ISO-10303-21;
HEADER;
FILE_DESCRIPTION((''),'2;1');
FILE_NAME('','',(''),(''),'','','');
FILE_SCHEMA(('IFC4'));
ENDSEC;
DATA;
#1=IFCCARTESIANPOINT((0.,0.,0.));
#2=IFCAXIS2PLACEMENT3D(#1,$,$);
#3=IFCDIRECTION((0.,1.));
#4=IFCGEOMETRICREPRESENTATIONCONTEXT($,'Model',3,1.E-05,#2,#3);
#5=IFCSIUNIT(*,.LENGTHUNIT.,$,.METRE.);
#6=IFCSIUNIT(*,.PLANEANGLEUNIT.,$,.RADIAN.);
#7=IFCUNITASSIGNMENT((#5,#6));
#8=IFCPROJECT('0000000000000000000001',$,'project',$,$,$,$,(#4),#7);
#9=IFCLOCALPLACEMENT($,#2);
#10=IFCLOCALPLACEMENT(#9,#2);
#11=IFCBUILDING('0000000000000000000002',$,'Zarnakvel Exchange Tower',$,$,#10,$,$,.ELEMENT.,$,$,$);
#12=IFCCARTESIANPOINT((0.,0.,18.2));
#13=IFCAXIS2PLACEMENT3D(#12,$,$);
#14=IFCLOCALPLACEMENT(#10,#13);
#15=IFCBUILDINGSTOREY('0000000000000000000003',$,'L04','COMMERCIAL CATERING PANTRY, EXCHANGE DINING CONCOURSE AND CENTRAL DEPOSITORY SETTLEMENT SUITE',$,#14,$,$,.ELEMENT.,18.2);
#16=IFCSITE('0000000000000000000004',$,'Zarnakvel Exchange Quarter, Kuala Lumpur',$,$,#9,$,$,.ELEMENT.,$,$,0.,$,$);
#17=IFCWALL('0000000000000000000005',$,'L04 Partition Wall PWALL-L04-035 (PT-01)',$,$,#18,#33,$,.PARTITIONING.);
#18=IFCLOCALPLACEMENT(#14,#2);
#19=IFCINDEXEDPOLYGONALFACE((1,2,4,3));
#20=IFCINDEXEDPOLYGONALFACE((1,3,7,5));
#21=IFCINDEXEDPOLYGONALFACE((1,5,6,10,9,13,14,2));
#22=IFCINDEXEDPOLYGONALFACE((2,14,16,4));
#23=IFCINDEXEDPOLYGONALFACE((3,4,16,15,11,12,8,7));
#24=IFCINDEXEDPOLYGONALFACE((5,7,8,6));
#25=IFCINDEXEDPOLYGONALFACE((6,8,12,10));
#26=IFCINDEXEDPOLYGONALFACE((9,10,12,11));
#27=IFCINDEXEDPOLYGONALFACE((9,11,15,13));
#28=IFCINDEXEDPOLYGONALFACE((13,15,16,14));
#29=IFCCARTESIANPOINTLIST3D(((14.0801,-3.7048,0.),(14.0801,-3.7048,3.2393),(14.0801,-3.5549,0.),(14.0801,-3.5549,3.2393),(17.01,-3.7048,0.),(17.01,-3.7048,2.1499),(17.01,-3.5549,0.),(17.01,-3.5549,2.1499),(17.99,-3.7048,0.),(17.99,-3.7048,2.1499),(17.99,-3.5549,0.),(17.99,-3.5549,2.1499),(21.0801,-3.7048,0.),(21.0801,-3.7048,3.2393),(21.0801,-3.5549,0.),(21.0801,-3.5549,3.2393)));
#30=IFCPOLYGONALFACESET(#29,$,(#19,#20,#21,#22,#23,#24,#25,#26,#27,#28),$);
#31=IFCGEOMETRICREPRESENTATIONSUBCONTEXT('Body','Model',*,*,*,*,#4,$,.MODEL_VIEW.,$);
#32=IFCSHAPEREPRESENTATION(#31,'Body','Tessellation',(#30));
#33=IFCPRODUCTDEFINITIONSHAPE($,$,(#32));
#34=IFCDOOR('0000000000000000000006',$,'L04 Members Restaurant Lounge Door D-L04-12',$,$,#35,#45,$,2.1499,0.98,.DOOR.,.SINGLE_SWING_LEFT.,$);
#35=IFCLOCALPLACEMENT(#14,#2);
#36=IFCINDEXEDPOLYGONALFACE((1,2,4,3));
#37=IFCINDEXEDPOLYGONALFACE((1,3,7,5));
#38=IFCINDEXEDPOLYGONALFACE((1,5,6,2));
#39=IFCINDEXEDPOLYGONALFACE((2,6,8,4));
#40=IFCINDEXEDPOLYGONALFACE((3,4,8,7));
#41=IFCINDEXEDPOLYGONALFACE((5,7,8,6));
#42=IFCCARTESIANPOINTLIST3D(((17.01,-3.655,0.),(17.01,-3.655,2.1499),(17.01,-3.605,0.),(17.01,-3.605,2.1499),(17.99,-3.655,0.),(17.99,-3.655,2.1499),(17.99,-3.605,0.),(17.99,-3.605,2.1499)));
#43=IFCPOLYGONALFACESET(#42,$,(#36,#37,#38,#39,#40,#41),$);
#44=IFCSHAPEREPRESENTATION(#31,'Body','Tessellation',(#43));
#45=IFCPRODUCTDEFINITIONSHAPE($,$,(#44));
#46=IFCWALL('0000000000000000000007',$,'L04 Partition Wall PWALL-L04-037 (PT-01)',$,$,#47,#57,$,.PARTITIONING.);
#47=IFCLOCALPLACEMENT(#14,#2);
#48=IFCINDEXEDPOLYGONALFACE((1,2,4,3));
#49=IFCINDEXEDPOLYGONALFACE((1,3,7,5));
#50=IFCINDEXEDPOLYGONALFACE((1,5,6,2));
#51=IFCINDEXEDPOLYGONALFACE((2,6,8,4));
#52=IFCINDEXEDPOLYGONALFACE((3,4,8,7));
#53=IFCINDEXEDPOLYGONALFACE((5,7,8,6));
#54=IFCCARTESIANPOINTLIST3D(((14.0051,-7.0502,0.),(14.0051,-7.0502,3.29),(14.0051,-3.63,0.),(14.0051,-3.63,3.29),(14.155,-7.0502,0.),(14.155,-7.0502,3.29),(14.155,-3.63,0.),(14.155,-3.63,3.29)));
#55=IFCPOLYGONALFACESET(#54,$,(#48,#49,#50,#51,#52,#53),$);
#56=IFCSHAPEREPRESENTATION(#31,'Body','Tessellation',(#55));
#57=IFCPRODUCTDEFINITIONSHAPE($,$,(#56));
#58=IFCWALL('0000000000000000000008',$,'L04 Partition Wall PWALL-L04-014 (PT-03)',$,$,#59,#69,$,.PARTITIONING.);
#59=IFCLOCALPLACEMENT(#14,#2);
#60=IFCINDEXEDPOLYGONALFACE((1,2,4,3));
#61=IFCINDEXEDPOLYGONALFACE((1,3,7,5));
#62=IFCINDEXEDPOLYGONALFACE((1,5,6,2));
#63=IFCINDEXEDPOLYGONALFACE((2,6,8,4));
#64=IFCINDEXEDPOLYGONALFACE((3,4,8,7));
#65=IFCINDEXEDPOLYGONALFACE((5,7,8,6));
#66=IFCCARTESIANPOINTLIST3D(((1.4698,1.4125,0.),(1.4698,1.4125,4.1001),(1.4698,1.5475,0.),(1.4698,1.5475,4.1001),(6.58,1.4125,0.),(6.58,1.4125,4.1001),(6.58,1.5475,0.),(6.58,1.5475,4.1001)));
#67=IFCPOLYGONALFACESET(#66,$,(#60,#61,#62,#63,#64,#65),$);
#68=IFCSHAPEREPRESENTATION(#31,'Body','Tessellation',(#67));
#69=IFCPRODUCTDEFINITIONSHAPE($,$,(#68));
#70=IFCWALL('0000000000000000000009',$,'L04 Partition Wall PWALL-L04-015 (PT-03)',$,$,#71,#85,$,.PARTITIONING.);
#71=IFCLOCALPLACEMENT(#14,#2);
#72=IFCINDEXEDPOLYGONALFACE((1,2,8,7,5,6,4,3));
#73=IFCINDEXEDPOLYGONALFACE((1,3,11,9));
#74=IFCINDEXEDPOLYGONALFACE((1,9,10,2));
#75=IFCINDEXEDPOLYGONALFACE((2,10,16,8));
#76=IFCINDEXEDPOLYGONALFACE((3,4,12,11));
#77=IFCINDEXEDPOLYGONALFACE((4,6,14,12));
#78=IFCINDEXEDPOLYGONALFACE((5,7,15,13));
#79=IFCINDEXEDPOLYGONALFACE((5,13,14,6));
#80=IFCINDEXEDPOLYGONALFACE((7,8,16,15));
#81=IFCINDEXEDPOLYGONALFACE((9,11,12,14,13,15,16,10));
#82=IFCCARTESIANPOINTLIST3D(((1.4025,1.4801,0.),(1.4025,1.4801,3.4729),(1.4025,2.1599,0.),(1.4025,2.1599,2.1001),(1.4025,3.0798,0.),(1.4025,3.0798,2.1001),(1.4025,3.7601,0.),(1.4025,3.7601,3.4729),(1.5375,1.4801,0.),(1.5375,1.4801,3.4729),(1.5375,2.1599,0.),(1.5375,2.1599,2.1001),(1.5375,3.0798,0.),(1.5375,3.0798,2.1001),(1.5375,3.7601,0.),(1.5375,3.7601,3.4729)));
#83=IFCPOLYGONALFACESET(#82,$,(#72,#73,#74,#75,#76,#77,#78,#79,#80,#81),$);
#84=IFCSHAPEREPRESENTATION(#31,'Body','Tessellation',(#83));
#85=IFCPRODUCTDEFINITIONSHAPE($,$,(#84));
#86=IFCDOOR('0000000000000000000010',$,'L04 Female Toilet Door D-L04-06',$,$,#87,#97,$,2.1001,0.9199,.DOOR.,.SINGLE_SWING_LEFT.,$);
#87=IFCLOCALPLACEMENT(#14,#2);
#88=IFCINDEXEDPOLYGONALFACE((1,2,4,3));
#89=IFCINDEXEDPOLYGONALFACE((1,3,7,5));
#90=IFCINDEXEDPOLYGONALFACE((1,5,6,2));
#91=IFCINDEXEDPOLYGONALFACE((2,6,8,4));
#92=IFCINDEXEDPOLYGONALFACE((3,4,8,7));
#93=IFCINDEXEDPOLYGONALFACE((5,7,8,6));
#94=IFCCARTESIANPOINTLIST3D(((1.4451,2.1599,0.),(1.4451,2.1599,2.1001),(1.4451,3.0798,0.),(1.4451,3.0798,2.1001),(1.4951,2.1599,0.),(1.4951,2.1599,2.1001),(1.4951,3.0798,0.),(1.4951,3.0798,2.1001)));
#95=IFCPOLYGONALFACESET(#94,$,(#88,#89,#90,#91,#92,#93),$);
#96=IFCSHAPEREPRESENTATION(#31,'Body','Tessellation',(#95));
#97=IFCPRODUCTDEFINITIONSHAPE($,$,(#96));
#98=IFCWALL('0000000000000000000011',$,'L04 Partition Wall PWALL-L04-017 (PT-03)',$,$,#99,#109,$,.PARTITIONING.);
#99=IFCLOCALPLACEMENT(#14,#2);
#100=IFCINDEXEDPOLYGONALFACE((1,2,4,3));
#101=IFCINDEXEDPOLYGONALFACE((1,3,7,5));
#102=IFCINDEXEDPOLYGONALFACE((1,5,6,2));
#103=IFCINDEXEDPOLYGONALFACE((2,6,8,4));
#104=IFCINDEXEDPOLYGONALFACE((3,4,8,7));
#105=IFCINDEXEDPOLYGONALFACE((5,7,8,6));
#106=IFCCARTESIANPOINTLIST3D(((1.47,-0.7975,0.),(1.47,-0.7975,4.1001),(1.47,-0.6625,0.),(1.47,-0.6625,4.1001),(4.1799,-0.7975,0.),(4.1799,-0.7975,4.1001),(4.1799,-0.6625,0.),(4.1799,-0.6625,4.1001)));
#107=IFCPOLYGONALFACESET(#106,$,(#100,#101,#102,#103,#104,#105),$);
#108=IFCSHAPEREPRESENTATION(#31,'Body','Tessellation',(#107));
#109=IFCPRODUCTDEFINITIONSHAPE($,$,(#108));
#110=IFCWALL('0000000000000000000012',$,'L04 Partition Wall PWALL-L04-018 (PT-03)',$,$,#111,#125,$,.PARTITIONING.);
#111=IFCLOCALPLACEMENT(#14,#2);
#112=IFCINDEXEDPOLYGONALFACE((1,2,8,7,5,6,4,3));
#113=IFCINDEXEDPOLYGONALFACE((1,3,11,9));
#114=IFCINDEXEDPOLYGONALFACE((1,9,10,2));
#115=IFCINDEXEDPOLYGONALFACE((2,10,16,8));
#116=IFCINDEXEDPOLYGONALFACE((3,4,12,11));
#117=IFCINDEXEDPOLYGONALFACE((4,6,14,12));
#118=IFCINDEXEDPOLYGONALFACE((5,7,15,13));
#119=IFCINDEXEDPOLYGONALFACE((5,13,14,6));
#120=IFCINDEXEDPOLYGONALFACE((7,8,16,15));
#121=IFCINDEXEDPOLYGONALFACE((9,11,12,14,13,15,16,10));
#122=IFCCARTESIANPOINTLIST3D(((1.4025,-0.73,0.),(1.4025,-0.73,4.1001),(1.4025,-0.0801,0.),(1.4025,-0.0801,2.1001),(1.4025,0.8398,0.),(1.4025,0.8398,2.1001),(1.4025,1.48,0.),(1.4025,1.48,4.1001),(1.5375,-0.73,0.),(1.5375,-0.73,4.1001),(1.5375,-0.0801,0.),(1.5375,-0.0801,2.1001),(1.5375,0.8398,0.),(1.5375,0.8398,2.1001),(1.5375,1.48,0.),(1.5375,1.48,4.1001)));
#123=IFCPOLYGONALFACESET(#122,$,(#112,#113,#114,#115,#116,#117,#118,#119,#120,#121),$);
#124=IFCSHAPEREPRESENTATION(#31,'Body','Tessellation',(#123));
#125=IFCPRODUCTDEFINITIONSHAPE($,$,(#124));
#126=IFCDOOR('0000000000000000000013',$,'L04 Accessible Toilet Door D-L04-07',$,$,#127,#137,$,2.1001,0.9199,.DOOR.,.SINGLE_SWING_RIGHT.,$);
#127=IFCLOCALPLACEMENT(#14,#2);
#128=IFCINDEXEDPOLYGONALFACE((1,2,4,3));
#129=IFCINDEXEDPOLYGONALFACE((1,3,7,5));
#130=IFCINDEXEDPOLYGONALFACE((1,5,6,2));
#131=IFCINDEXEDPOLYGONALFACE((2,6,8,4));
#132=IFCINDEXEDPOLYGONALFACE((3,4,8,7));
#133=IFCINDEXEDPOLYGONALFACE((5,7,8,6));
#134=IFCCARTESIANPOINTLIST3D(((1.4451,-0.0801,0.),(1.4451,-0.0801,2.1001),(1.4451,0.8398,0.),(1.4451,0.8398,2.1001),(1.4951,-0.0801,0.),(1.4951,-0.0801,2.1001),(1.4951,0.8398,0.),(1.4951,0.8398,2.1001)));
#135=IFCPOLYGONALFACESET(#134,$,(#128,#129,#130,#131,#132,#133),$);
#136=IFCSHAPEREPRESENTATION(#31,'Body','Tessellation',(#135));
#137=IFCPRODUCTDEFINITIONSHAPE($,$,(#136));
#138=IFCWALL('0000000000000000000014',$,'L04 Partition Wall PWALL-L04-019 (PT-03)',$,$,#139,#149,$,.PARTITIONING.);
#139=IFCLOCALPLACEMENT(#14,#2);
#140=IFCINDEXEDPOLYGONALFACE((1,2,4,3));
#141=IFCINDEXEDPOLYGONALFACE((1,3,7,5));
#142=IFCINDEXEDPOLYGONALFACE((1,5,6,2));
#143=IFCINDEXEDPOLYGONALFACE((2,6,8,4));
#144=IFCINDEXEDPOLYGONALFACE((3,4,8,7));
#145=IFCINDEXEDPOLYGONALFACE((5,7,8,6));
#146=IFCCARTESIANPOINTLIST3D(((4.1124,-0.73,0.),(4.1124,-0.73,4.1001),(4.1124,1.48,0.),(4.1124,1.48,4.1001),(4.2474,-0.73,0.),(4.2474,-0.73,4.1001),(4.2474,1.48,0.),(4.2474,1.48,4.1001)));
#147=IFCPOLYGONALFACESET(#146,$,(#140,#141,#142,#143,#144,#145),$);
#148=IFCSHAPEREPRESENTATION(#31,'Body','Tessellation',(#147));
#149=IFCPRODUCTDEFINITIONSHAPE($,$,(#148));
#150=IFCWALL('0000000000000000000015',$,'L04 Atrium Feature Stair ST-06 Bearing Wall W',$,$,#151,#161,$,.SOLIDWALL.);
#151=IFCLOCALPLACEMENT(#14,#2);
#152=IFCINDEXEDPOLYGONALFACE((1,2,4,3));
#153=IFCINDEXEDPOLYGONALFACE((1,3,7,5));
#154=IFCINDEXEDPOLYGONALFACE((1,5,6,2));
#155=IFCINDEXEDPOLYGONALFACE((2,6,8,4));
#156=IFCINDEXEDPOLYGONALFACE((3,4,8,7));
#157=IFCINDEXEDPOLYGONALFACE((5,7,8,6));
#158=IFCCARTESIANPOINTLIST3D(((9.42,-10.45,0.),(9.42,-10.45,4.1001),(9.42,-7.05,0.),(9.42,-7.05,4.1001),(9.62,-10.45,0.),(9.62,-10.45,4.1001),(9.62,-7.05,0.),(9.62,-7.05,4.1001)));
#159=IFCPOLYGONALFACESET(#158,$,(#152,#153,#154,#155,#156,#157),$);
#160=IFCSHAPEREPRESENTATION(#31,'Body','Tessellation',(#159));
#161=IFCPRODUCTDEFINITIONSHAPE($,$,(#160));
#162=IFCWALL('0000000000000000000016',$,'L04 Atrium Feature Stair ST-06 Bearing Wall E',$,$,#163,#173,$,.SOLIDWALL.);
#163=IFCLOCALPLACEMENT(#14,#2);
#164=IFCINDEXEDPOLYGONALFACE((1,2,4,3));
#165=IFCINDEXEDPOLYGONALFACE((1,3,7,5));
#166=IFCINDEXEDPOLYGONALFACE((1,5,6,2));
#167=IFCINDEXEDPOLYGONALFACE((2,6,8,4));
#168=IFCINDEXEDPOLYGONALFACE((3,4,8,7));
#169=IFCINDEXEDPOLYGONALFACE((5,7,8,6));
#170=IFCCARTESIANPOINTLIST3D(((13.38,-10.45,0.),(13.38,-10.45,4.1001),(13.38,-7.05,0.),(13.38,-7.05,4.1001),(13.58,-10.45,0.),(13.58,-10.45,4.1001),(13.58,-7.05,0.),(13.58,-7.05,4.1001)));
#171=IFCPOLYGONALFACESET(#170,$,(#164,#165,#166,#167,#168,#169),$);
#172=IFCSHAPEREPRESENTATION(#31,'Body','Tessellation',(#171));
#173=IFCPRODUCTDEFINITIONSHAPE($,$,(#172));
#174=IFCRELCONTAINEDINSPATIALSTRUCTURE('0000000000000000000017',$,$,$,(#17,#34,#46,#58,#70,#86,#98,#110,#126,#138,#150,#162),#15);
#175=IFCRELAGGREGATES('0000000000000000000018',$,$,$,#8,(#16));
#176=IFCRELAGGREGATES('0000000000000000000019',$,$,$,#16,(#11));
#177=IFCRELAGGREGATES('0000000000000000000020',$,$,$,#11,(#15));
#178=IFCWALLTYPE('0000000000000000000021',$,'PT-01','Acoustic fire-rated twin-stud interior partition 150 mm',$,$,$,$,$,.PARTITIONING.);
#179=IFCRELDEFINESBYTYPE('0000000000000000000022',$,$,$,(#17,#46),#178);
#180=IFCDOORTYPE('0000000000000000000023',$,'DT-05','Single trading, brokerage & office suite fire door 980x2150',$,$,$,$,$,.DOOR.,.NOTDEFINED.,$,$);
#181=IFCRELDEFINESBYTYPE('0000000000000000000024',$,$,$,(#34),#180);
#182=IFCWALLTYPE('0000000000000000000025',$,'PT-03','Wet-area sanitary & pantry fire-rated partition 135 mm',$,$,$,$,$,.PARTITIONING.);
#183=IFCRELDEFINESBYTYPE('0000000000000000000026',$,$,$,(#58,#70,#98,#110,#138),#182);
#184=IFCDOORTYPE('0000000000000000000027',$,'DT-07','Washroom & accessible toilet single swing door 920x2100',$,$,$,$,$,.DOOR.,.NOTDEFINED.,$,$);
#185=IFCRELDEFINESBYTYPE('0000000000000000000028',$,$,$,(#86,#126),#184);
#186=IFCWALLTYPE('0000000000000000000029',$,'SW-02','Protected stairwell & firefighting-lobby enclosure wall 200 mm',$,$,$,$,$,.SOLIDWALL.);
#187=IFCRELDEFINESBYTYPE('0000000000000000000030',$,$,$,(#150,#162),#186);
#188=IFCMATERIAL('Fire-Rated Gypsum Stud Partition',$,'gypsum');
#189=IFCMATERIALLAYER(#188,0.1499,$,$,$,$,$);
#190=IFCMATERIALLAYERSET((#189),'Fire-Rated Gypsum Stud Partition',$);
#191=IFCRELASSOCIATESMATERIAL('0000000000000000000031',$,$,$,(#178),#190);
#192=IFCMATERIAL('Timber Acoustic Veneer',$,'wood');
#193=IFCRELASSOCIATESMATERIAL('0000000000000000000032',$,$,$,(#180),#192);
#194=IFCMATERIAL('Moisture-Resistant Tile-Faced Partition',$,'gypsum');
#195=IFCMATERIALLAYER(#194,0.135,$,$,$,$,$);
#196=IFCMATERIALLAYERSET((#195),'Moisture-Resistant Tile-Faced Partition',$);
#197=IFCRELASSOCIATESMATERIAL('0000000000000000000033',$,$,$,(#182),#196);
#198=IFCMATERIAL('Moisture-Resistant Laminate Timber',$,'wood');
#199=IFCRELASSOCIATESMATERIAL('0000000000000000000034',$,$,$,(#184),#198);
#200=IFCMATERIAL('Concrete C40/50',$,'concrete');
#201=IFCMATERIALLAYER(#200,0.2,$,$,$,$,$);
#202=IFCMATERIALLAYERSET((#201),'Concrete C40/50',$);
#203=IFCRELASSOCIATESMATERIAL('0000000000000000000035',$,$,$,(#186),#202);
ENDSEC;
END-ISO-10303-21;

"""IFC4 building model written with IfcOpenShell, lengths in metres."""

from ifc_helpers import new_model, si_unit, direction, frame, frame_2d, origin, place, context, subcontext, project, spatial, rectangle, extrude, source, transform, mapped, material, layer, layer_set, type_object, element, fill, save


model = new_model("IFC4")

# Units and contexts
model_context = context("Model", 3, precision=1e-05, world=origin(), true_north=direction((0.0, 1.0)))
body_context = subcontext(model_context, "Body", "Model", "MODEL_VIEW")
ifc_project = project(units=[si_unit("LENGTHUNIT", "METRE"), si_unit("PLANEANGLEUNIT", "RADIAN")], contexts=[model_context])

# Site, building, storey
site_placement = place(None, origin())
site = spatial("IfcSite", under=ifc_project, at=site_placement, Name="Zarnakvel Exchange Quarter, Kuala Lumpur", CompositionType="ELEMENT", RefElevation=0.0)
building_placement = place(site_placement, origin())
building = spatial("IfcBuilding", under=site, at=building_placement, Name="Zarnakvel Exchange Tower", CompositionType="ELEMENT")
storey_placement = place(building_placement, frame((0.0, 0.0, 18.2)))
storey = spatial("IfcBuildingStorey", under=building, at=storey_placement, Name="L04", Description="COMMERCIAL CATERING PANTRY, EXCHANGE DINING CONCOURSE AND CENTRAL DEPOSITORY SETTLEMENT SUITE", CompositionType="ELEMENT", Elevation=18.2)

# Wall, opening, door
ifc_material_1 = material(Name="Fire-Rated Gypsum Stud Partition", Category="gypsum")
ifc_layer_1 = layer(ifc_material_1, 0.1499)
ifc_layer_set_1 = layer_set([ifc_layer_1], Name="Fire-Rated Gypsum Stud Partition")
wall_type_1 = type_object("IfcWallType", Name="PT-01", Description="Acoustic fire-rated twin-stud interior partition 150 mm", PredefinedType="PARTITIONING", material=ifc_layer_set_1)
wall_1_placement = place(storey_placement, frame((14.0801, -3.6299, 0.0), z_axis=(0.0, 0.0, 1.0), x_axis=(1.0, 0.0, 0.0)))
wall_1 = element("IfcWall", 1, at=wall_1_placement, inside=storey, type_object=wall_type_1, Name="L04 Partition Wall PWALL-L04-035 (PT-01)", PredefinedType="PARTITIONING", context=body_context, shape_type="SweptSolid", body=[
    extrude(rectangle(XDim=7.0, YDim=0.1499, at=frame_2d((3.5, 0.0))), origin(), (0.0, 0.0, 1.0), 3.2393),
])
opening_1_placement = place(wall_1_placement, frame((2.9299, 0.0, 0.0)))
opening_1 = element("IfcOpeningElement", 2, at=opening_1_placement, cuts=wall_1, PredefinedType="OPENING", context=body_context, shape_type="SweptSolid", body=[
    extrude(rectangle(XDim=0.98, YDim=2.1499, at=frame_2d((0.49, 1.075))), frame((0.0, 0.085, 0.0), z_axis=(0.0, -1.0, 0.0), x_axis=(1.0, 0.0, 0.0)), (0.0, 0.0, 1.0), 0.1699),
])
ifc_material_2 = material(Name="Timber Acoustic Veneer", Category="wood")
door_type_1 = type_object("IfcDoorType", Name="DT-05", Description="Single trading, brokerage & office suite fire door 980x2150", OperationType="NOTDEFINED", PredefinedType="DOOR", material=ifc_material_2)
shared_shape_1 = source(origin(), body_context, "Body", "SweptSolid", [
    extrude(rectangle(XDim=0.98, YDim=2.1499, at=frame_2d((0.49, 1.075))), frame((0.0, 0.0249, 0.0), z_axis=(0.0, -1.0, 0.0), x_axis=(1.0, 0.0, 0.0)), (0.0, 0.0, 1.0), 0.05),
])
door_1_placement = place(opening_1_placement, origin())
door_1 = element("IfcDoor", 3, at=door_1_placement, inside=storey, type_object=door_type_1, Name="L04 Members Restaurant Lounge Door D-L04-12", OperationType="SINGLE_SWING_LEFT", OverallHeight=2.1499, OverallWidth=0.98, PredefinedType="DOOR", context=body_context, shape_type="MappedRepresentation", body=[
    mapped(shared_shape_1, transform((0.0, 0.0, 0.0), x_axis=(1.0, 0.0, 0.0), y_axis=(0.0, 1.0, 0.0), z_axis=(0.0, 0.0, 1.0), scale=1.0)),
])
fill(opening_1, door_1)

# Walls
wall_2_placement = place(storey_placement, frame((14.0801, -7.05, 0.0), z_axis=(0.0, 0.0, 1.0), x_axis=(0.0, 1.0, 0.0)))
element("IfcWall", 4, at=wall_2_placement, inside=storey, type_object=wall_type_1, Name="L04 Partition Wall PWALL-L04-037 (PT-01)", PredefinedType="PARTITIONING", context=body_context, shape_type="SweptSolid", body=[
    extrude(rectangle(XDim=3.4202, YDim=0.1499, at=frame_2d((1.71, 0.0))), origin(), (0.0, 0.0, 1.0), 3.29),
])
ifc_material_3 = material(Name="Moisture-Resistant Tile-Faced Partition", Category="gypsum")
ifc_layer_2 = layer(ifc_material_3, 0.135)
ifc_layer_set_2 = layer_set([ifc_layer_2], Name="Moisture-Resistant Tile-Faced Partition")
wall_type_2 = type_object("IfcWallType", Name="PT-03", Description="Wet-area sanitary & pantry fire-rated partition 135 mm", PredefinedType="PARTITIONING", material=ifc_layer_set_2)
wall_3_placement = place(storey_placement, frame((6.5801, 1.48, 0.0), z_axis=(0.0, 0.0, 1.0), x_axis=(-1.0, 0.0, 0.0)))
element("IfcWall", 5, at=wall_3_placement, inside=storey, type_object=wall_type_2, Name="L04 Partition Wall PWALL-L04-014 (PT-03)", PredefinedType="PARTITIONING", context=body_context, shape_type="SweptSolid", body=[
    extrude(rectangle(XDim=5.1101, YDim=0.135, at=frame_2d((2.5552, 0.0))), origin(), (0.0, 0.0, 1.0), 4.1001),
])

# Wall, opening, door
wall_4_placement = place(storey_placement, frame((1.47, 1.48, 0.0), z_axis=(0.0, 0.0, 1.0), x_axis=(0.0, 1.0, 0.0)))
wall_4 = element("IfcWall", 6, at=wall_4_placement, inside=storey, type_object=wall_type_2, Name="L04 Partition Wall PWALL-L04-015 (PT-03)", PredefinedType="PARTITIONING", context=body_context, shape_type="SweptSolid", body=[
    extrude(rectangle(XDim=2.28, YDim=0.135, at=frame_2d((1.1401, 0.0))), origin(), (0.0, 0.0, 1.0), 3.4729),
])
opening_2_placement = place(wall_4_placement, frame((0.6799, 0.0, 0.0)))
opening_2 = element("IfcOpeningElement", 7, at=opening_2_placement, cuts=wall_4, PredefinedType="OPENING", context=body_context, shape_type="SweptSolid", body=[
    extrude(rectangle(XDim=0.9199, YDim=2.1001, at=frame_2d((0.46, 1.05))), frame((0.0, 0.0774, 0.0), z_axis=(0.0, -1.0, 0.0), x_axis=(1.0, 0.0, 0.0)), (0.0, 0.0, 1.0), 0.155),
])
ifc_material_4 = material(Name="Moisture-Resistant Laminate Timber", Category="wood")
door_type_2 = type_object("IfcDoorType", Name="DT-07", Description="Washroom & accessible toilet single swing door 920x2100", OperationType="NOTDEFINED", PredefinedType="DOOR", material=ifc_material_4)
shared_shape_2 = source(origin(), body_context, "Body", "SweptSolid", [
    extrude(rectangle(XDim=0.9199, YDim=2.1001, at=frame_2d((0.46, 1.05))), frame((0.0, 0.0249, 0.0), z_axis=(0.0, -1.0, 0.0), x_axis=(1.0, 0.0, 0.0)), (0.0, 0.0, 1.0), 0.05),
])
door_2_placement = place(opening_2_placement, origin())
door_2 = element("IfcDoor", 8, at=door_2_placement, inside=storey, type_object=door_type_2, Name="L04 Female Toilet Door D-L04-06", OperationType="SINGLE_SWING_LEFT", OverallHeight=2.1001, OverallWidth=0.9199, PredefinedType="DOOR", context=body_context, shape_type="MappedRepresentation", body=[
    mapped(shared_shape_2, transform((0.0, 0.0, 0.0), x_axis=(1.0, 0.0, 0.0), y_axis=(0.0, 1.0, 0.0), z_axis=(0.0, 0.0, 1.0), scale=1.0)),
])
fill(opening_2, door_2)

# Wall
wall_5_placement = place(storey_placement, frame((4.1799, -0.73, 0.0), z_axis=(0.0, 0.0, 1.0), x_axis=(-1.0, 0.0, 0.0)))
element("IfcWall", 9, at=wall_5_placement, inside=storey, type_object=wall_type_2, Name="L04 Partition Wall PWALL-L04-017 (PT-03)", PredefinedType="PARTITIONING", context=body_context, shape_type="SweptSolid", body=[
    extrude(rectangle(XDim=2.71, YDim=0.135, at=frame_2d((1.355, 0.0))), origin(), (0.0, 0.0, 1.0), 4.1001),
])

# Wall, opening, door
wall_6_placement = place(storey_placement, frame((1.47, -0.73, 0.0), z_axis=(0.0, 0.0, 1.0), x_axis=(0.0, 1.0, 0.0)))
wall_6 = element("IfcWall", 10, at=wall_6_placement, inside=storey, type_object=wall_type_2, Name="L04 Partition Wall PWALL-L04-018 (PT-03)", PredefinedType="PARTITIONING", context=body_context, shape_type="SweptSolid", body=[
    extrude(rectangle(XDim=2.21, YDim=0.135, at=frame_2d((1.105, 0.0))), origin(), (0.0, 0.0, 1.0), 4.1001),
])
opening_3_placement = place(wall_6_placement, frame((0.6499, 0.0, 0.0)))
opening_3 = element("IfcOpeningElement", 11, at=opening_3_placement, cuts=wall_6, PredefinedType="OPENING", context=body_context, shape_type="SweptSolid", body=[
    extrude(rectangle(XDim=0.9199, YDim=2.1001, at=frame_2d((0.46, 1.05))), frame((0.0, 0.0774, 0.0), z_axis=(0.0, -1.0, 0.0), x_axis=(1.0, 0.0, 0.0)), (0.0, 0.0, 1.0), 0.155),
])
door_3_placement = place(opening_3_placement, origin())
door_3 = element("IfcDoor", 12, at=door_3_placement, inside=storey, type_object=door_type_2, Name="L04 Accessible Toilet Door D-L04-07", OperationType="SINGLE_SWING_RIGHT", OverallHeight=2.1001, OverallWidth=0.9199, PredefinedType="DOOR", context=body_context, shape_type="MappedRepresentation", body=[
    mapped(shared_shape_2, transform((0.0, 0.0, 0.0), x_axis=(1.0, 0.0, 0.0), y_axis=(0.0, 1.0, 0.0), z_axis=(0.0, 0.0, 1.0), scale=1.0)),
])
fill(opening_3, door_3)

# Walls
wall_7_placement = place(storey_placement, frame((4.1799, 1.48, 0.0), z_axis=(0.0, 0.0, 1.0), x_axis=(0.0, -1.0, 0.0)))
element("IfcWall", 13, at=wall_7_placement, inside=storey, type_object=wall_type_2, Name="L04 Partition Wall PWALL-L04-019 (PT-03)", PredefinedType="PARTITIONING", context=body_context, shape_type="SweptSolid", body=[
    extrude(rectangle(XDim=2.21, YDim=0.135, at=frame_2d((1.105, 0.0))), origin(), (0.0, 0.0, 1.0), 4.1001),
])
ifc_material_5 = material(Name="Concrete C40/50", Category="concrete")
ifc_layer_3 = layer(ifc_material_5, 0.2)
ifc_layer_set_3 = layer_set([ifc_layer_3], Name="Concrete C40/50")
wall_type_3 = type_object("IfcWallType", Name="SW-02", Description="Protected stairwell & firefighting-lobby enclosure wall 200 mm", PredefinedType="SOLIDWALL", material=ifc_layer_set_3)
for number, where, z_axis, x_axis, name in (
    (14, (9.52, -10.45, 0.0), (0.0, 0.0, 1.0), (0.0, 1.0, 0.0), "L04 Atrium Feature Stair ST-06 Bearing Wall W"),
    (15, (13.48, -7.05, 0.0), (0.0, 0.0, 1.0), (0.0, -1.0, 0.0), "L04 Atrium Feature Stair ST-06 Bearing Wall E"),
):
    element("IfcWall", number, at=place(storey_placement, frame(where, z_axis=z_axis, x_axis=x_axis)), inside=storey, type_object=wall_type_3, Name=name, PredefinedType="SOLIDWALL", context=body_context, shape_type="SweptSolid", body=[
        extrude(rectangle(XDim=3.3999, YDim=0.2, at=frame_2d((1.7, 0.0))), origin(), (0.0, 0.0, 1.0), 4.1001),
    ])

save(model, "model.ifc")
